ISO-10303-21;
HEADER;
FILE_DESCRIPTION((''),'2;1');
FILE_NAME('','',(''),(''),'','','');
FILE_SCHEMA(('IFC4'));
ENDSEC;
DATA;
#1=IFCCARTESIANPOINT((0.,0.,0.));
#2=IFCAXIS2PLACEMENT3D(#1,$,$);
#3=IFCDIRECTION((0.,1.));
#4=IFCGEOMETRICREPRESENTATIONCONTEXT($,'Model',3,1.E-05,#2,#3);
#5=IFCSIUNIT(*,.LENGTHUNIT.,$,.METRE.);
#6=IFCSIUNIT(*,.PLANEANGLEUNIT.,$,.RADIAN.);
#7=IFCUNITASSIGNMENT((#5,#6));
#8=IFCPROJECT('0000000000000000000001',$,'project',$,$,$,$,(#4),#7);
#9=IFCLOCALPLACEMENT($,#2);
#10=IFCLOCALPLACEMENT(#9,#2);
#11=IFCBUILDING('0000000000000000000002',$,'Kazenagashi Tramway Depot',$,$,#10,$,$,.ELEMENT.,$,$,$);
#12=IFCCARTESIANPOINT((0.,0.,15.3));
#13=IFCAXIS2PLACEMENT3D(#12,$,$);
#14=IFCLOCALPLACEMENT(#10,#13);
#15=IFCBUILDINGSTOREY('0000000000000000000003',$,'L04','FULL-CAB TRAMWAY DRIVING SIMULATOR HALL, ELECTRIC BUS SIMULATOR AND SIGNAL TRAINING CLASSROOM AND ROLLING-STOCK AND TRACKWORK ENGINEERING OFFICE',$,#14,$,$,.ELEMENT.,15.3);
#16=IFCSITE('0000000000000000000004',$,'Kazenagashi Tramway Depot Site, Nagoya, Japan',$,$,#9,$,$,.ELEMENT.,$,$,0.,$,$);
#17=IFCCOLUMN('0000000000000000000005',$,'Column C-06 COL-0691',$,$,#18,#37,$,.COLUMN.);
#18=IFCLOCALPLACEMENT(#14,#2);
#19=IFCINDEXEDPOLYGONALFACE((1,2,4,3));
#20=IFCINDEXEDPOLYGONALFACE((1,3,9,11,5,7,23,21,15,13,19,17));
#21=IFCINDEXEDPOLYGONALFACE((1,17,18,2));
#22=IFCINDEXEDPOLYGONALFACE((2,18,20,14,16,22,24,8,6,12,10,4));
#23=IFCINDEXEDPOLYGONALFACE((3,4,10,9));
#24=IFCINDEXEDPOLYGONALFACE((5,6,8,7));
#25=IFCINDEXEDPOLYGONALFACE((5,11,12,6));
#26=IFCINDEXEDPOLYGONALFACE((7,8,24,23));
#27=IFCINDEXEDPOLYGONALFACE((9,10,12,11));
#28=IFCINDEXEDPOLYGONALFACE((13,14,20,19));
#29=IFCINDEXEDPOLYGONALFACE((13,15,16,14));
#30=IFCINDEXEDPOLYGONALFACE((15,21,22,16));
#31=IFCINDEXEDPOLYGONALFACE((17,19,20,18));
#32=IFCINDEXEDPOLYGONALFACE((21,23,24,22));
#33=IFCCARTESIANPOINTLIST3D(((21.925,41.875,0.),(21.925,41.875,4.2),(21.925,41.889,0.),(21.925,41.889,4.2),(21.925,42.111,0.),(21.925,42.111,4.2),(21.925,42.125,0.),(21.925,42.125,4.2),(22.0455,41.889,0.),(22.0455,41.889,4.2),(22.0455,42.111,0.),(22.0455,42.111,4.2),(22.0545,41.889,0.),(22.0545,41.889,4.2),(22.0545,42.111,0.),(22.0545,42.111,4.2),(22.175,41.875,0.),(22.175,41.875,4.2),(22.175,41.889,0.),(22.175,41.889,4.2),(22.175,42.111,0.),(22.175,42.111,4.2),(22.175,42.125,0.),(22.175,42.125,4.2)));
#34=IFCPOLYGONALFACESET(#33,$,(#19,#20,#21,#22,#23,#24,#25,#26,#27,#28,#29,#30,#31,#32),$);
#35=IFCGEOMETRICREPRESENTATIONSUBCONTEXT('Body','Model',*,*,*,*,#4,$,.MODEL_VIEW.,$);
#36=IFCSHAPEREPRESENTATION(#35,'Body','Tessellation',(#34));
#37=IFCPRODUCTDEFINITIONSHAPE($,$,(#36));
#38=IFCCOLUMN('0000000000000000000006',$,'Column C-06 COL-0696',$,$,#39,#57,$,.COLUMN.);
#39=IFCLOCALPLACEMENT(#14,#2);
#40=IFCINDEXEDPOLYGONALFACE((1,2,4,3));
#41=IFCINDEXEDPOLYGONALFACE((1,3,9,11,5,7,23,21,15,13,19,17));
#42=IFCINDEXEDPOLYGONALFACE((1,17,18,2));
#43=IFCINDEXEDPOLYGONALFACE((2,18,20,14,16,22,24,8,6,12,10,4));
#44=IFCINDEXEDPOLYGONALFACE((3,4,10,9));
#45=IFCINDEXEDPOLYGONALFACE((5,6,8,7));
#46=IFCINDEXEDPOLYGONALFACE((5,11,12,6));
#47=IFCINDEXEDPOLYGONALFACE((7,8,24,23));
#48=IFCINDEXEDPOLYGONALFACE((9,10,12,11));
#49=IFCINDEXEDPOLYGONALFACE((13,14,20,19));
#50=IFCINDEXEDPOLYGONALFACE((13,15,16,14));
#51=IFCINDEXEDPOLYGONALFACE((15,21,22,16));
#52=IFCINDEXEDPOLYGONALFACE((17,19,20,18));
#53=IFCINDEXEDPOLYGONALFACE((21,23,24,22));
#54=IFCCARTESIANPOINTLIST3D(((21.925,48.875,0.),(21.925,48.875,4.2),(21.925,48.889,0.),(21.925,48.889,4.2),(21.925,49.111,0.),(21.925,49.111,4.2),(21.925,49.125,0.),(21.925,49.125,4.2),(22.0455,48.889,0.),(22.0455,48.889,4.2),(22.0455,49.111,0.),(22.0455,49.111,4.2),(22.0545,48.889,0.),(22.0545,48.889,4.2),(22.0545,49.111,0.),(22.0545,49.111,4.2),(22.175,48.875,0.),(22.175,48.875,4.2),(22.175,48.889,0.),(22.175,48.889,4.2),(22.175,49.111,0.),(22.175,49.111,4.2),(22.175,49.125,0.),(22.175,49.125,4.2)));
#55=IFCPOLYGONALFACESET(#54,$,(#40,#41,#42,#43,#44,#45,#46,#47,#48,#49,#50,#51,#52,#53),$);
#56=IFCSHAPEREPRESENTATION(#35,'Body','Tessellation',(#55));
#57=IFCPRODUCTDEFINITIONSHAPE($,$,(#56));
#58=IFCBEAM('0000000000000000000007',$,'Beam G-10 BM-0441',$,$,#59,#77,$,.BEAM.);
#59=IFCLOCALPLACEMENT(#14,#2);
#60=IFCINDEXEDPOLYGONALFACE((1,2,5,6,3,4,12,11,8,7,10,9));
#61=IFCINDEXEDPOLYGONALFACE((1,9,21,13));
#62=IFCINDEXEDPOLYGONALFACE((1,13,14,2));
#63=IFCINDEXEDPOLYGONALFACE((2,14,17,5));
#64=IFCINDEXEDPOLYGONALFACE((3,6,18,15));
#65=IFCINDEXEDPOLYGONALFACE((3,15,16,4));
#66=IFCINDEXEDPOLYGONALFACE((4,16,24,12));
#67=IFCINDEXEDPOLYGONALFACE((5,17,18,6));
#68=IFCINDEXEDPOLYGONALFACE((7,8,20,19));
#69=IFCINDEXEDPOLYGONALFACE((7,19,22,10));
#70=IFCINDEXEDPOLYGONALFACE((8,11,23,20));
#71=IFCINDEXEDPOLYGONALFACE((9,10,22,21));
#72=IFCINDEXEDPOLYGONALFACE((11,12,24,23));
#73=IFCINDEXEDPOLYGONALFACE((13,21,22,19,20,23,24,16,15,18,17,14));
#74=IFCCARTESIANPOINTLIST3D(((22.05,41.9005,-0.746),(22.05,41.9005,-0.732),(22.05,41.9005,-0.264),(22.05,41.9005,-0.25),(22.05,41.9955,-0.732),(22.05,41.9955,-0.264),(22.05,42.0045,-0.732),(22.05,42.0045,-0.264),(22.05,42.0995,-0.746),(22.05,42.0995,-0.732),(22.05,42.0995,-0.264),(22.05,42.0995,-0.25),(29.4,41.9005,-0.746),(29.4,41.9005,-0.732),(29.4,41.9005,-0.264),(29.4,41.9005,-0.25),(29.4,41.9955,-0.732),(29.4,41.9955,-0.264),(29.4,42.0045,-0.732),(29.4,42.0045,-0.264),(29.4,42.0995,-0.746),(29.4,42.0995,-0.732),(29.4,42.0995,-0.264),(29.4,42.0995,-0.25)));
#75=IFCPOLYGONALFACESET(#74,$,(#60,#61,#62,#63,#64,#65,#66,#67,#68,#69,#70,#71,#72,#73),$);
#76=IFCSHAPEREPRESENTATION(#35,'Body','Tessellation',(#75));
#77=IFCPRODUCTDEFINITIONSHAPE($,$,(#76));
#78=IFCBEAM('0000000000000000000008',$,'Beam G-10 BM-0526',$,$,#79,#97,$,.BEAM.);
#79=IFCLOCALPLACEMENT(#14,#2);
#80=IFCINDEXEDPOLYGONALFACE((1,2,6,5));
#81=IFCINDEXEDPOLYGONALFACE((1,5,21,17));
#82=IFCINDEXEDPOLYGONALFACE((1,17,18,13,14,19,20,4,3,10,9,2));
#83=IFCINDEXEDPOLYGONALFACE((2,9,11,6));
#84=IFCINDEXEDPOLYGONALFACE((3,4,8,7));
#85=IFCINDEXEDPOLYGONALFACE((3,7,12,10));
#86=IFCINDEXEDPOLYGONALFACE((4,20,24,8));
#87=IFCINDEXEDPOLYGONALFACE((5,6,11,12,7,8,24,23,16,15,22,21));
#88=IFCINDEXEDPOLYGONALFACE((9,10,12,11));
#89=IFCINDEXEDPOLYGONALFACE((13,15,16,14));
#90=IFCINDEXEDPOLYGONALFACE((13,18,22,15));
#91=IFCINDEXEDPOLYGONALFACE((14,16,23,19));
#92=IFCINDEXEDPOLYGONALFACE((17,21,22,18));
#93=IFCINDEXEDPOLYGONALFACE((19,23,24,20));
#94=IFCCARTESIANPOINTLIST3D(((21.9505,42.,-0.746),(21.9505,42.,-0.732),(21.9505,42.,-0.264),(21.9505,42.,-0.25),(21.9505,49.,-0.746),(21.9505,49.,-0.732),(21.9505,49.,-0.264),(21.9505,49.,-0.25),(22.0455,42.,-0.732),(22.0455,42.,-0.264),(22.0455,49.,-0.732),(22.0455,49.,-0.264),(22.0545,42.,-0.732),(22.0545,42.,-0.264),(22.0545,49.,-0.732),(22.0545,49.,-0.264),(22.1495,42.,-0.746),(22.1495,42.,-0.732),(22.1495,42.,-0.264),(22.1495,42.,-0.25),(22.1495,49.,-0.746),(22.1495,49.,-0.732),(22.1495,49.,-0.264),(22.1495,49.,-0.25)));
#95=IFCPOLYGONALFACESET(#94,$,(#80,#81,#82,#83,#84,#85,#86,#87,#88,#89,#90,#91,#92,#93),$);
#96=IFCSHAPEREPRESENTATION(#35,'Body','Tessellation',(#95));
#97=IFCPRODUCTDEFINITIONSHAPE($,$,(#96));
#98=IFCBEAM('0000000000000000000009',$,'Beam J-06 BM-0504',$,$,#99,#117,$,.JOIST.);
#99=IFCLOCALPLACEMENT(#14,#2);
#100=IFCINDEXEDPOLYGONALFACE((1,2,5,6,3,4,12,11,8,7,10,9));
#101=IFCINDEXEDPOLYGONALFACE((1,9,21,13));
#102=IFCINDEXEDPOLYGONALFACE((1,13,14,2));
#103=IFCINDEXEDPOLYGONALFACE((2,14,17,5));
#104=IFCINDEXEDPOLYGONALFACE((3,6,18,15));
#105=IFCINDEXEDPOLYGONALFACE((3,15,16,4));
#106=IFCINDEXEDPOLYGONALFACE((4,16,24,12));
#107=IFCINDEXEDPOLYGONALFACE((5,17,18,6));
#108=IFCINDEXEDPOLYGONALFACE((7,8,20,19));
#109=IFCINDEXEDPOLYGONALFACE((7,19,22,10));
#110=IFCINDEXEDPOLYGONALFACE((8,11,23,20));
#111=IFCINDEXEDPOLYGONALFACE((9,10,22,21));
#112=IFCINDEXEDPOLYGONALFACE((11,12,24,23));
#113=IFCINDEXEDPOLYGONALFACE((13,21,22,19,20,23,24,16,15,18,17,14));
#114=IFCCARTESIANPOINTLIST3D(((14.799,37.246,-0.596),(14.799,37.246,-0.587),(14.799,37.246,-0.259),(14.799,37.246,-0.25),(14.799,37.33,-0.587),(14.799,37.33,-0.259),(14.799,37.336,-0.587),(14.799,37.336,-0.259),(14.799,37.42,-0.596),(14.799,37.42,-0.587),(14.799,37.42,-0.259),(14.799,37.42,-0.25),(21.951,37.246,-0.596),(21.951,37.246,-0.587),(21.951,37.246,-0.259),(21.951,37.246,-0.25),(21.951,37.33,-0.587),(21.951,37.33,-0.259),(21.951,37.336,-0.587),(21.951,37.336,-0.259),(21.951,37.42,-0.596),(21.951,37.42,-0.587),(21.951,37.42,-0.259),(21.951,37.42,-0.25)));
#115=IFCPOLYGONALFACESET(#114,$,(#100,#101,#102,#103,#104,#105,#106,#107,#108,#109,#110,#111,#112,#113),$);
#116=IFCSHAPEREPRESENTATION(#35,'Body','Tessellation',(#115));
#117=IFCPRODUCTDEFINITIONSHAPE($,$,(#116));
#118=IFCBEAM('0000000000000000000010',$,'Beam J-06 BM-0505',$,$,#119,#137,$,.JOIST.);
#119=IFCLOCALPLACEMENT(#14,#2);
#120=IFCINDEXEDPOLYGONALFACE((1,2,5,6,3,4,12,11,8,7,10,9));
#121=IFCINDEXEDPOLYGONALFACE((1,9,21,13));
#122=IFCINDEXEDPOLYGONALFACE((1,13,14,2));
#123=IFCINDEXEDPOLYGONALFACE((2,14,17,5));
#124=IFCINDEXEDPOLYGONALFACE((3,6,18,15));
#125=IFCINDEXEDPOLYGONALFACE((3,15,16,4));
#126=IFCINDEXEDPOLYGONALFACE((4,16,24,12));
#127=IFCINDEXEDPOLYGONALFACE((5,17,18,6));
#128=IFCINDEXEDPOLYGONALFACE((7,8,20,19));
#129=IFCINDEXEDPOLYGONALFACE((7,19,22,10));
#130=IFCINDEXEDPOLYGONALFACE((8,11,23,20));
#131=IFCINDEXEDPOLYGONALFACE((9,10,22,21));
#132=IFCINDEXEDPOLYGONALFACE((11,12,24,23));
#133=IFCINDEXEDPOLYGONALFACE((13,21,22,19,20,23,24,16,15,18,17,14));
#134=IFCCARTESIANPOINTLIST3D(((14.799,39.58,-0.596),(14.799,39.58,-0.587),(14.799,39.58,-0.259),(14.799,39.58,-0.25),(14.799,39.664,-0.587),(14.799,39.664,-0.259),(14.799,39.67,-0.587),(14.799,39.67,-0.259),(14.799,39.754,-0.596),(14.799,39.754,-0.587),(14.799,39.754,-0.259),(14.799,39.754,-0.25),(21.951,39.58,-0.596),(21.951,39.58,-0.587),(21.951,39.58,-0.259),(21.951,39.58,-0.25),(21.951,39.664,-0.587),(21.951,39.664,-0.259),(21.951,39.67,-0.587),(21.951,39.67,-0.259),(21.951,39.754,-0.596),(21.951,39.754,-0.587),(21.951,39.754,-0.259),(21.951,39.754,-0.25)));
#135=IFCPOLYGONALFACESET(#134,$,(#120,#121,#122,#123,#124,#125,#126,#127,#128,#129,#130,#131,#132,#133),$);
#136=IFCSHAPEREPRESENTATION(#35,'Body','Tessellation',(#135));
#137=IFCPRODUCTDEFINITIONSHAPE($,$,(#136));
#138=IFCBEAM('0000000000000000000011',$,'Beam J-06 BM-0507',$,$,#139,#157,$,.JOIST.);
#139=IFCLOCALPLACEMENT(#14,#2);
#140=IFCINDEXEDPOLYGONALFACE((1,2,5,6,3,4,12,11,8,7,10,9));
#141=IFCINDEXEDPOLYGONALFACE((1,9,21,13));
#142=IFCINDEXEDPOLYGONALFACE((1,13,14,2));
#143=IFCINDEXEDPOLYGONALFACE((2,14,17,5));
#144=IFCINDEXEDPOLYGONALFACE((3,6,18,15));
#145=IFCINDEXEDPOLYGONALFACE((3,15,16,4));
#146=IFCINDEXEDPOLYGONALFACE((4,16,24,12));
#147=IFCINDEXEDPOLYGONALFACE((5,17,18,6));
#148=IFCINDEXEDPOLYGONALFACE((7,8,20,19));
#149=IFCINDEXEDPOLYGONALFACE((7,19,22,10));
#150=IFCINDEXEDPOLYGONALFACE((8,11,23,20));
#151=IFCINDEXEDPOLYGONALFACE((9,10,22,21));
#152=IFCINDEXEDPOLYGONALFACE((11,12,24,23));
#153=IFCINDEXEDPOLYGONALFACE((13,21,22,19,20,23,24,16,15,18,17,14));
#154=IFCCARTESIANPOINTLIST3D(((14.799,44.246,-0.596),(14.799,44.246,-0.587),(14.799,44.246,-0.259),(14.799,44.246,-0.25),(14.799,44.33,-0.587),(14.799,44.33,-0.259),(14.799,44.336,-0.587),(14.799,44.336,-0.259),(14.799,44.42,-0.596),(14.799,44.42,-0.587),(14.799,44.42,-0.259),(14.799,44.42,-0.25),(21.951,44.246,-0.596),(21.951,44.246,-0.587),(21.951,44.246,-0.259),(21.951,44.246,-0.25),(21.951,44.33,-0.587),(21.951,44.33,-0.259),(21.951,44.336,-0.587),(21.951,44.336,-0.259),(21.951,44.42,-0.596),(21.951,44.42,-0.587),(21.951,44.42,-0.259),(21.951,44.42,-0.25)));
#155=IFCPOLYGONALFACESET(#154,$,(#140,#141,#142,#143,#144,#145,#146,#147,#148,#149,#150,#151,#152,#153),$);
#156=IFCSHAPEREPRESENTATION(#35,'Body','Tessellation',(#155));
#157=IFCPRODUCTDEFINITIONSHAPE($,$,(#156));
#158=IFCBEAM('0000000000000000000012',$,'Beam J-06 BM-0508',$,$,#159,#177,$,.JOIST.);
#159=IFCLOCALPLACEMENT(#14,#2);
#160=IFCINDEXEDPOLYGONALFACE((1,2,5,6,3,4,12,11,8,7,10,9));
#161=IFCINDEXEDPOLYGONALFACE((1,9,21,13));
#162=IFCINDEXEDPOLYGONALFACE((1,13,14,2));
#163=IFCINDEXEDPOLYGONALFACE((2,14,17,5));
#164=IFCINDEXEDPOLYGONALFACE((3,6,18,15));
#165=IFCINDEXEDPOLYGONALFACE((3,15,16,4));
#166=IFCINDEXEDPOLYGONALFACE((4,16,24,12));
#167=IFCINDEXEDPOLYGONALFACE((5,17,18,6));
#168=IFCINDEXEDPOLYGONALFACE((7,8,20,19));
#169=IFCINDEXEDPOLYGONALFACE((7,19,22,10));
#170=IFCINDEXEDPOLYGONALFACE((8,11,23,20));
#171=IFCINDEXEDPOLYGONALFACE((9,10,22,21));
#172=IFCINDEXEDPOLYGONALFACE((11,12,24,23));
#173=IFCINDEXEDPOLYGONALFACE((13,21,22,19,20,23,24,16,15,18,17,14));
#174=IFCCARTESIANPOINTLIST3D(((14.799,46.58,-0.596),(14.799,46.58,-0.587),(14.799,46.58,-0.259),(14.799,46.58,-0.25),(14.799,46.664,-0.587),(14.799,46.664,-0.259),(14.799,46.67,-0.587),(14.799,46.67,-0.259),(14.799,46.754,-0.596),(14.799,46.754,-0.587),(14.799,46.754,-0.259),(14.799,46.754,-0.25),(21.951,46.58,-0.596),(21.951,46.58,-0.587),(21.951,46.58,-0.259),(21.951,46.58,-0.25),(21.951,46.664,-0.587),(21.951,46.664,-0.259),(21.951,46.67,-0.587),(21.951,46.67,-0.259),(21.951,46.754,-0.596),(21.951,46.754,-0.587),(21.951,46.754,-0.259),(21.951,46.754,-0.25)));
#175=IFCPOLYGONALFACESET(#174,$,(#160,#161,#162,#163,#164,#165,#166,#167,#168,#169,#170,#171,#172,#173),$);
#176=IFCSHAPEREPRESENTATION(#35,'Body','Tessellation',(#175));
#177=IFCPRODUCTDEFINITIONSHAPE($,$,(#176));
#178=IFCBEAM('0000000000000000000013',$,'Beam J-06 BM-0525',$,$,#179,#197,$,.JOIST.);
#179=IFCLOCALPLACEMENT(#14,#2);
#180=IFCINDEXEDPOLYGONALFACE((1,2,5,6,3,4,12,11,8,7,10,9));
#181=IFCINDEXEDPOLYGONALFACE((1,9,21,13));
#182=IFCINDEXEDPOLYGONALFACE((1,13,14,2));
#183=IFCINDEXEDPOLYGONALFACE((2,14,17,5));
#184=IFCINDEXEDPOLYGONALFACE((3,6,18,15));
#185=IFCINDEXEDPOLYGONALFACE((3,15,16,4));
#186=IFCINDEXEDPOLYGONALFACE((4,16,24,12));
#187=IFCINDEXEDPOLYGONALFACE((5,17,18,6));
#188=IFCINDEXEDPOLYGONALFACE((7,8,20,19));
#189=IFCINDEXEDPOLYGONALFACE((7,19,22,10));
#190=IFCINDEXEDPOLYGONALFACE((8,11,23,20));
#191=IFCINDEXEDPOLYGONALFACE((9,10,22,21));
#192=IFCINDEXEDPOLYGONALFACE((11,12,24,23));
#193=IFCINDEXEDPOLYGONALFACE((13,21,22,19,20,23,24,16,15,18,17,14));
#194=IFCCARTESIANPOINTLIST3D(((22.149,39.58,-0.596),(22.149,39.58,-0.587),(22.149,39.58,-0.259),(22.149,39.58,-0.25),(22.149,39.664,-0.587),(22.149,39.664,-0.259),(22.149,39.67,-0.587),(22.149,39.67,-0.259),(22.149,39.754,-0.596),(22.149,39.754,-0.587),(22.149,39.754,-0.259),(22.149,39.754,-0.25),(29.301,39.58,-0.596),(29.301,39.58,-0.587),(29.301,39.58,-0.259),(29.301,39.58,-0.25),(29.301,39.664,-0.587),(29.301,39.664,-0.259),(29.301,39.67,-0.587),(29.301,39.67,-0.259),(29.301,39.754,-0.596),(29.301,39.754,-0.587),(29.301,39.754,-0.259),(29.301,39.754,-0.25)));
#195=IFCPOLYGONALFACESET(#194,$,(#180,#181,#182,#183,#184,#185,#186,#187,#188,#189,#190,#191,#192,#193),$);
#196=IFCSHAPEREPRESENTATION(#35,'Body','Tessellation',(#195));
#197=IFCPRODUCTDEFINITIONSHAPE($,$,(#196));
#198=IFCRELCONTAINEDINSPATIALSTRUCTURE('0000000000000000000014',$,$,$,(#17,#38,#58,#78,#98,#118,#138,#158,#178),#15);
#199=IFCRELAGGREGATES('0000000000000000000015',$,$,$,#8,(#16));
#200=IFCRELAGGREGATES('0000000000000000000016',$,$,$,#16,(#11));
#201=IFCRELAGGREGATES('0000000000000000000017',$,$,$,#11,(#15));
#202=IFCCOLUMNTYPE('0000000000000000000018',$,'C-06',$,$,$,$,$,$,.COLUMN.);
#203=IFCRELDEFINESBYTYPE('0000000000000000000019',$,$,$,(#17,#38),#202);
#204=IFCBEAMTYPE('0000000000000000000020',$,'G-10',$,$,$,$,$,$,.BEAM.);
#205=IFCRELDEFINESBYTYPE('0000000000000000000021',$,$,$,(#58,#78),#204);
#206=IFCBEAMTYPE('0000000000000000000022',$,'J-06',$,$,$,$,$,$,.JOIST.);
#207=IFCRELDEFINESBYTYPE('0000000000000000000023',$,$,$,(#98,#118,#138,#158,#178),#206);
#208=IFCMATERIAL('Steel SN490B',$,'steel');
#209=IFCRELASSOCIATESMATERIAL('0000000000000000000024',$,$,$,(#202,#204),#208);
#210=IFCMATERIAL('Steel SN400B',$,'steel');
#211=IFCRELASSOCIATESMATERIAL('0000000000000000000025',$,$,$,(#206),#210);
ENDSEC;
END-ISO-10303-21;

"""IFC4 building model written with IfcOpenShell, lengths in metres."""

from ifc_helpers import new_model, si_unit, direction, frame, origin, origin_2d, place, context, subcontext, project, spatial, i_section, extrude, material, material_profile, profile_set, type_object, element, save


model = new_model("IFC4")

# Units and contexts
model_context = context("Model", 3, precision=1e-05, world=origin(), true_north=direction((0.0, 1.0)))
body_context = subcontext(model_context, "Body", "Model", "MODEL_VIEW")
ifc_project = project(units=[si_unit("LENGTHUNIT", "METRE"), si_unit("PLANEANGLEUNIT", "RADIAN")], contexts=[model_context])

# Site, building, storey
site_placement = place(None, origin())
site = spatial("IfcSite", under=ifc_project, at=site_placement, Name="Kazenagashi Tramway Depot Site, Nagoya, Japan", CompositionType="ELEMENT", RefElevation=0.0)
building_placement = place(site_placement, origin())
building = spatial("IfcBuilding", under=site, at=building_placement, Name="Kazenagashi Tramway Depot", CompositionType="ELEMENT")
storey_placement = place(building_placement, frame((0.0, 0.0, 15.3)))
storey = spatial("IfcBuildingStorey", under=building, at=storey_placement, Name="L04", Description="FULL-CAB TRAMWAY DRIVING SIMULATOR HALL, ELECTRIC BUS SIMULATOR AND SIGNAL TRAINING CLASSROOM AND ROLLING-STOCK AND TRACKWORK ENGINEERING OFFICE", CompositionType="ELEMENT", Elevation=15.3)

# Columns
ifc_material_1 = material(Name="Steel SN490B", Category="steel")
ifc_material_profile_1 = material_profile(ifc_material_1, i_section(OverallWidth=0.25, OverallDepth=0.25, WebThickness=0.009, FlangeThickness=0.014, at=origin_2d()), Name="H-250x250x9x14")
ifc_profile_set_1 = profile_set([ifc_material_profile_1], Name="Steel SN490B")
column_type = type_object("IfcColumnType", Name="C-06", PredefinedType="COLUMN", material=ifc_profile_set_1)
for number, where, z_axis, x_axis, name in (
    (1, (22.05, 42.0, 0.0), (0.0, 0.0, 1.0), (1.0, 0.0, 0.0), "Column C-06 COL-0691"),
    (2, (22.05, 49.0, 0.0), (0.0, 0.0, 1.0), (1.0, 0.0, 0.0), "Column C-06 COL-0696"),
):
    element("IfcColumn", number, at=place(storey_placement, frame(where, z_axis=z_axis, x_axis=x_axis)), inside=storey, type_object=column_type, Name=name, PredefinedType="COLUMN", context=body_context, shape_type="SweptSolid", body=[
        extrude(i_section(OverallWidth=0.25, OverallDepth=0.25, WebThickness=0.009, FlangeThickness=0.014, at=origin_2d()), origin(), (0.0, 0.0, 1.0), 4.2),
    ])

# Beams
ifc_material_profile_2 = material_profile(ifc_material_1, i_section(OverallWidth=0.199, OverallDepth=0.496, WebThickness=0.009, FlangeThickness=0.014, at=origin_2d()), Name="H-496x199x9x14")
ifc_profile_set_2 = profile_set([ifc_material_profile_2], Name="Steel SN490B")
beam_type_1 = type_object("IfcBeamType", Name="G-10", PredefinedType="BEAM", material=ifc_profile_set_2)
beam_1_placement = place(storey_placement, frame((22.05, 42.0, -0.498), z_axis=(1.0, 0.0, 0.0), x_axis=(0.0, 1.0, 0.0)))
element("IfcBeam", 3, at=beam_1_placement, inside=storey, type_object=beam_type_1, Name="Beam G-10 BM-0441", PredefinedType="BEAM", context=body_context, shape_type="SweptSolid", body=[
    extrude(i_section(OverallWidth=0.199, OverallDepth=0.496, WebThickness=0.009, FlangeThickness=0.014, at=origin_2d()), origin(), (0.0, 0.0, 1.0), 7.35),
])
beam_2_placement = place(storey_placement, frame((22.05, 42.0, -0.498), z_axis=(0.0, 1.0, 0.0), x_axis=(-1.0, 0.0, 0.0)))
element("IfcBeam", 4, at=beam_2_placement, inside=storey, type_object=beam_type_1, Name="Beam G-10 BM-0526", PredefinedType="BEAM", context=body_context, shape_type="SweptSolid", body=[
    extrude(i_section(OverallWidth=0.199, OverallDepth=0.496, WebThickness=0.009, FlangeThickness=0.014, at=origin_2d()), origin(), (0.0, 0.0, 1.0), 7.0),
])
ifc_material_2 = material(Name="Steel SN400B", Category="steel")
ifc_material_profile_3 = material_profile(ifc_material_2, i_section(OverallWidth=0.174, OverallDepth=0.346, WebThickness=0.006, FlangeThickness=0.009, at=origin_2d()), Name="H-346x174x6x9")
ifc_profile_set_3 = profile_set([ifc_material_profile_3], Name="Steel SN400B")
beam_type_2 = type_object("IfcBeamType", Name="J-06", PredefinedType="JOIST", material=ifc_profile_set_3)
for number, where, z_axis, x_axis, name in (
    (5, (14.799, 37.333, -0.423), (1.0, 0.0, 0.0), (0.0, 1.0, 0.0), "Beam J-06 BM-0504"),
    (6, (14.799, 39.667, -0.423), (1.0, 0.0, 0.0), (0.0, 1.0, 0.0), "Beam J-06 BM-0505"),
    (7, (14.799, 44.333, -0.423), (1.0, 0.0, 0.0), (0.0, 1.0, 0.0), "Beam J-06 BM-0507"),
    (8, (14.799, 46.667, -0.423), (1.0, 0.0, 0.0), (0.0, 1.0, 0.0), "Beam J-06 BM-0508"),
    (9, (22.149, 39.667, -0.423), (1.0, 0.0, 0.0), (0.0, 1.0, 0.0), "Beam J-06 BM-0525"),
):
    element("IfcBeam", number, at=place(storey_placement, frame(where, z_axis=z_axis, x_axis=x_axis)), inside=storey, type_object=beam_type_2, Name=name, PredefinedType="JOIST", context=body_context, shape_type="SweptSolid", body=[
        extrude(i_section(OverallWidth=0.174, OverallDepth=0.346, WebThickness=0.006, FlangeThickness=0.009, at=origin_2d()), origin(), (0.0, 0.0, 1.0), 7.152),
    ])

save(model, "model.ifc")
